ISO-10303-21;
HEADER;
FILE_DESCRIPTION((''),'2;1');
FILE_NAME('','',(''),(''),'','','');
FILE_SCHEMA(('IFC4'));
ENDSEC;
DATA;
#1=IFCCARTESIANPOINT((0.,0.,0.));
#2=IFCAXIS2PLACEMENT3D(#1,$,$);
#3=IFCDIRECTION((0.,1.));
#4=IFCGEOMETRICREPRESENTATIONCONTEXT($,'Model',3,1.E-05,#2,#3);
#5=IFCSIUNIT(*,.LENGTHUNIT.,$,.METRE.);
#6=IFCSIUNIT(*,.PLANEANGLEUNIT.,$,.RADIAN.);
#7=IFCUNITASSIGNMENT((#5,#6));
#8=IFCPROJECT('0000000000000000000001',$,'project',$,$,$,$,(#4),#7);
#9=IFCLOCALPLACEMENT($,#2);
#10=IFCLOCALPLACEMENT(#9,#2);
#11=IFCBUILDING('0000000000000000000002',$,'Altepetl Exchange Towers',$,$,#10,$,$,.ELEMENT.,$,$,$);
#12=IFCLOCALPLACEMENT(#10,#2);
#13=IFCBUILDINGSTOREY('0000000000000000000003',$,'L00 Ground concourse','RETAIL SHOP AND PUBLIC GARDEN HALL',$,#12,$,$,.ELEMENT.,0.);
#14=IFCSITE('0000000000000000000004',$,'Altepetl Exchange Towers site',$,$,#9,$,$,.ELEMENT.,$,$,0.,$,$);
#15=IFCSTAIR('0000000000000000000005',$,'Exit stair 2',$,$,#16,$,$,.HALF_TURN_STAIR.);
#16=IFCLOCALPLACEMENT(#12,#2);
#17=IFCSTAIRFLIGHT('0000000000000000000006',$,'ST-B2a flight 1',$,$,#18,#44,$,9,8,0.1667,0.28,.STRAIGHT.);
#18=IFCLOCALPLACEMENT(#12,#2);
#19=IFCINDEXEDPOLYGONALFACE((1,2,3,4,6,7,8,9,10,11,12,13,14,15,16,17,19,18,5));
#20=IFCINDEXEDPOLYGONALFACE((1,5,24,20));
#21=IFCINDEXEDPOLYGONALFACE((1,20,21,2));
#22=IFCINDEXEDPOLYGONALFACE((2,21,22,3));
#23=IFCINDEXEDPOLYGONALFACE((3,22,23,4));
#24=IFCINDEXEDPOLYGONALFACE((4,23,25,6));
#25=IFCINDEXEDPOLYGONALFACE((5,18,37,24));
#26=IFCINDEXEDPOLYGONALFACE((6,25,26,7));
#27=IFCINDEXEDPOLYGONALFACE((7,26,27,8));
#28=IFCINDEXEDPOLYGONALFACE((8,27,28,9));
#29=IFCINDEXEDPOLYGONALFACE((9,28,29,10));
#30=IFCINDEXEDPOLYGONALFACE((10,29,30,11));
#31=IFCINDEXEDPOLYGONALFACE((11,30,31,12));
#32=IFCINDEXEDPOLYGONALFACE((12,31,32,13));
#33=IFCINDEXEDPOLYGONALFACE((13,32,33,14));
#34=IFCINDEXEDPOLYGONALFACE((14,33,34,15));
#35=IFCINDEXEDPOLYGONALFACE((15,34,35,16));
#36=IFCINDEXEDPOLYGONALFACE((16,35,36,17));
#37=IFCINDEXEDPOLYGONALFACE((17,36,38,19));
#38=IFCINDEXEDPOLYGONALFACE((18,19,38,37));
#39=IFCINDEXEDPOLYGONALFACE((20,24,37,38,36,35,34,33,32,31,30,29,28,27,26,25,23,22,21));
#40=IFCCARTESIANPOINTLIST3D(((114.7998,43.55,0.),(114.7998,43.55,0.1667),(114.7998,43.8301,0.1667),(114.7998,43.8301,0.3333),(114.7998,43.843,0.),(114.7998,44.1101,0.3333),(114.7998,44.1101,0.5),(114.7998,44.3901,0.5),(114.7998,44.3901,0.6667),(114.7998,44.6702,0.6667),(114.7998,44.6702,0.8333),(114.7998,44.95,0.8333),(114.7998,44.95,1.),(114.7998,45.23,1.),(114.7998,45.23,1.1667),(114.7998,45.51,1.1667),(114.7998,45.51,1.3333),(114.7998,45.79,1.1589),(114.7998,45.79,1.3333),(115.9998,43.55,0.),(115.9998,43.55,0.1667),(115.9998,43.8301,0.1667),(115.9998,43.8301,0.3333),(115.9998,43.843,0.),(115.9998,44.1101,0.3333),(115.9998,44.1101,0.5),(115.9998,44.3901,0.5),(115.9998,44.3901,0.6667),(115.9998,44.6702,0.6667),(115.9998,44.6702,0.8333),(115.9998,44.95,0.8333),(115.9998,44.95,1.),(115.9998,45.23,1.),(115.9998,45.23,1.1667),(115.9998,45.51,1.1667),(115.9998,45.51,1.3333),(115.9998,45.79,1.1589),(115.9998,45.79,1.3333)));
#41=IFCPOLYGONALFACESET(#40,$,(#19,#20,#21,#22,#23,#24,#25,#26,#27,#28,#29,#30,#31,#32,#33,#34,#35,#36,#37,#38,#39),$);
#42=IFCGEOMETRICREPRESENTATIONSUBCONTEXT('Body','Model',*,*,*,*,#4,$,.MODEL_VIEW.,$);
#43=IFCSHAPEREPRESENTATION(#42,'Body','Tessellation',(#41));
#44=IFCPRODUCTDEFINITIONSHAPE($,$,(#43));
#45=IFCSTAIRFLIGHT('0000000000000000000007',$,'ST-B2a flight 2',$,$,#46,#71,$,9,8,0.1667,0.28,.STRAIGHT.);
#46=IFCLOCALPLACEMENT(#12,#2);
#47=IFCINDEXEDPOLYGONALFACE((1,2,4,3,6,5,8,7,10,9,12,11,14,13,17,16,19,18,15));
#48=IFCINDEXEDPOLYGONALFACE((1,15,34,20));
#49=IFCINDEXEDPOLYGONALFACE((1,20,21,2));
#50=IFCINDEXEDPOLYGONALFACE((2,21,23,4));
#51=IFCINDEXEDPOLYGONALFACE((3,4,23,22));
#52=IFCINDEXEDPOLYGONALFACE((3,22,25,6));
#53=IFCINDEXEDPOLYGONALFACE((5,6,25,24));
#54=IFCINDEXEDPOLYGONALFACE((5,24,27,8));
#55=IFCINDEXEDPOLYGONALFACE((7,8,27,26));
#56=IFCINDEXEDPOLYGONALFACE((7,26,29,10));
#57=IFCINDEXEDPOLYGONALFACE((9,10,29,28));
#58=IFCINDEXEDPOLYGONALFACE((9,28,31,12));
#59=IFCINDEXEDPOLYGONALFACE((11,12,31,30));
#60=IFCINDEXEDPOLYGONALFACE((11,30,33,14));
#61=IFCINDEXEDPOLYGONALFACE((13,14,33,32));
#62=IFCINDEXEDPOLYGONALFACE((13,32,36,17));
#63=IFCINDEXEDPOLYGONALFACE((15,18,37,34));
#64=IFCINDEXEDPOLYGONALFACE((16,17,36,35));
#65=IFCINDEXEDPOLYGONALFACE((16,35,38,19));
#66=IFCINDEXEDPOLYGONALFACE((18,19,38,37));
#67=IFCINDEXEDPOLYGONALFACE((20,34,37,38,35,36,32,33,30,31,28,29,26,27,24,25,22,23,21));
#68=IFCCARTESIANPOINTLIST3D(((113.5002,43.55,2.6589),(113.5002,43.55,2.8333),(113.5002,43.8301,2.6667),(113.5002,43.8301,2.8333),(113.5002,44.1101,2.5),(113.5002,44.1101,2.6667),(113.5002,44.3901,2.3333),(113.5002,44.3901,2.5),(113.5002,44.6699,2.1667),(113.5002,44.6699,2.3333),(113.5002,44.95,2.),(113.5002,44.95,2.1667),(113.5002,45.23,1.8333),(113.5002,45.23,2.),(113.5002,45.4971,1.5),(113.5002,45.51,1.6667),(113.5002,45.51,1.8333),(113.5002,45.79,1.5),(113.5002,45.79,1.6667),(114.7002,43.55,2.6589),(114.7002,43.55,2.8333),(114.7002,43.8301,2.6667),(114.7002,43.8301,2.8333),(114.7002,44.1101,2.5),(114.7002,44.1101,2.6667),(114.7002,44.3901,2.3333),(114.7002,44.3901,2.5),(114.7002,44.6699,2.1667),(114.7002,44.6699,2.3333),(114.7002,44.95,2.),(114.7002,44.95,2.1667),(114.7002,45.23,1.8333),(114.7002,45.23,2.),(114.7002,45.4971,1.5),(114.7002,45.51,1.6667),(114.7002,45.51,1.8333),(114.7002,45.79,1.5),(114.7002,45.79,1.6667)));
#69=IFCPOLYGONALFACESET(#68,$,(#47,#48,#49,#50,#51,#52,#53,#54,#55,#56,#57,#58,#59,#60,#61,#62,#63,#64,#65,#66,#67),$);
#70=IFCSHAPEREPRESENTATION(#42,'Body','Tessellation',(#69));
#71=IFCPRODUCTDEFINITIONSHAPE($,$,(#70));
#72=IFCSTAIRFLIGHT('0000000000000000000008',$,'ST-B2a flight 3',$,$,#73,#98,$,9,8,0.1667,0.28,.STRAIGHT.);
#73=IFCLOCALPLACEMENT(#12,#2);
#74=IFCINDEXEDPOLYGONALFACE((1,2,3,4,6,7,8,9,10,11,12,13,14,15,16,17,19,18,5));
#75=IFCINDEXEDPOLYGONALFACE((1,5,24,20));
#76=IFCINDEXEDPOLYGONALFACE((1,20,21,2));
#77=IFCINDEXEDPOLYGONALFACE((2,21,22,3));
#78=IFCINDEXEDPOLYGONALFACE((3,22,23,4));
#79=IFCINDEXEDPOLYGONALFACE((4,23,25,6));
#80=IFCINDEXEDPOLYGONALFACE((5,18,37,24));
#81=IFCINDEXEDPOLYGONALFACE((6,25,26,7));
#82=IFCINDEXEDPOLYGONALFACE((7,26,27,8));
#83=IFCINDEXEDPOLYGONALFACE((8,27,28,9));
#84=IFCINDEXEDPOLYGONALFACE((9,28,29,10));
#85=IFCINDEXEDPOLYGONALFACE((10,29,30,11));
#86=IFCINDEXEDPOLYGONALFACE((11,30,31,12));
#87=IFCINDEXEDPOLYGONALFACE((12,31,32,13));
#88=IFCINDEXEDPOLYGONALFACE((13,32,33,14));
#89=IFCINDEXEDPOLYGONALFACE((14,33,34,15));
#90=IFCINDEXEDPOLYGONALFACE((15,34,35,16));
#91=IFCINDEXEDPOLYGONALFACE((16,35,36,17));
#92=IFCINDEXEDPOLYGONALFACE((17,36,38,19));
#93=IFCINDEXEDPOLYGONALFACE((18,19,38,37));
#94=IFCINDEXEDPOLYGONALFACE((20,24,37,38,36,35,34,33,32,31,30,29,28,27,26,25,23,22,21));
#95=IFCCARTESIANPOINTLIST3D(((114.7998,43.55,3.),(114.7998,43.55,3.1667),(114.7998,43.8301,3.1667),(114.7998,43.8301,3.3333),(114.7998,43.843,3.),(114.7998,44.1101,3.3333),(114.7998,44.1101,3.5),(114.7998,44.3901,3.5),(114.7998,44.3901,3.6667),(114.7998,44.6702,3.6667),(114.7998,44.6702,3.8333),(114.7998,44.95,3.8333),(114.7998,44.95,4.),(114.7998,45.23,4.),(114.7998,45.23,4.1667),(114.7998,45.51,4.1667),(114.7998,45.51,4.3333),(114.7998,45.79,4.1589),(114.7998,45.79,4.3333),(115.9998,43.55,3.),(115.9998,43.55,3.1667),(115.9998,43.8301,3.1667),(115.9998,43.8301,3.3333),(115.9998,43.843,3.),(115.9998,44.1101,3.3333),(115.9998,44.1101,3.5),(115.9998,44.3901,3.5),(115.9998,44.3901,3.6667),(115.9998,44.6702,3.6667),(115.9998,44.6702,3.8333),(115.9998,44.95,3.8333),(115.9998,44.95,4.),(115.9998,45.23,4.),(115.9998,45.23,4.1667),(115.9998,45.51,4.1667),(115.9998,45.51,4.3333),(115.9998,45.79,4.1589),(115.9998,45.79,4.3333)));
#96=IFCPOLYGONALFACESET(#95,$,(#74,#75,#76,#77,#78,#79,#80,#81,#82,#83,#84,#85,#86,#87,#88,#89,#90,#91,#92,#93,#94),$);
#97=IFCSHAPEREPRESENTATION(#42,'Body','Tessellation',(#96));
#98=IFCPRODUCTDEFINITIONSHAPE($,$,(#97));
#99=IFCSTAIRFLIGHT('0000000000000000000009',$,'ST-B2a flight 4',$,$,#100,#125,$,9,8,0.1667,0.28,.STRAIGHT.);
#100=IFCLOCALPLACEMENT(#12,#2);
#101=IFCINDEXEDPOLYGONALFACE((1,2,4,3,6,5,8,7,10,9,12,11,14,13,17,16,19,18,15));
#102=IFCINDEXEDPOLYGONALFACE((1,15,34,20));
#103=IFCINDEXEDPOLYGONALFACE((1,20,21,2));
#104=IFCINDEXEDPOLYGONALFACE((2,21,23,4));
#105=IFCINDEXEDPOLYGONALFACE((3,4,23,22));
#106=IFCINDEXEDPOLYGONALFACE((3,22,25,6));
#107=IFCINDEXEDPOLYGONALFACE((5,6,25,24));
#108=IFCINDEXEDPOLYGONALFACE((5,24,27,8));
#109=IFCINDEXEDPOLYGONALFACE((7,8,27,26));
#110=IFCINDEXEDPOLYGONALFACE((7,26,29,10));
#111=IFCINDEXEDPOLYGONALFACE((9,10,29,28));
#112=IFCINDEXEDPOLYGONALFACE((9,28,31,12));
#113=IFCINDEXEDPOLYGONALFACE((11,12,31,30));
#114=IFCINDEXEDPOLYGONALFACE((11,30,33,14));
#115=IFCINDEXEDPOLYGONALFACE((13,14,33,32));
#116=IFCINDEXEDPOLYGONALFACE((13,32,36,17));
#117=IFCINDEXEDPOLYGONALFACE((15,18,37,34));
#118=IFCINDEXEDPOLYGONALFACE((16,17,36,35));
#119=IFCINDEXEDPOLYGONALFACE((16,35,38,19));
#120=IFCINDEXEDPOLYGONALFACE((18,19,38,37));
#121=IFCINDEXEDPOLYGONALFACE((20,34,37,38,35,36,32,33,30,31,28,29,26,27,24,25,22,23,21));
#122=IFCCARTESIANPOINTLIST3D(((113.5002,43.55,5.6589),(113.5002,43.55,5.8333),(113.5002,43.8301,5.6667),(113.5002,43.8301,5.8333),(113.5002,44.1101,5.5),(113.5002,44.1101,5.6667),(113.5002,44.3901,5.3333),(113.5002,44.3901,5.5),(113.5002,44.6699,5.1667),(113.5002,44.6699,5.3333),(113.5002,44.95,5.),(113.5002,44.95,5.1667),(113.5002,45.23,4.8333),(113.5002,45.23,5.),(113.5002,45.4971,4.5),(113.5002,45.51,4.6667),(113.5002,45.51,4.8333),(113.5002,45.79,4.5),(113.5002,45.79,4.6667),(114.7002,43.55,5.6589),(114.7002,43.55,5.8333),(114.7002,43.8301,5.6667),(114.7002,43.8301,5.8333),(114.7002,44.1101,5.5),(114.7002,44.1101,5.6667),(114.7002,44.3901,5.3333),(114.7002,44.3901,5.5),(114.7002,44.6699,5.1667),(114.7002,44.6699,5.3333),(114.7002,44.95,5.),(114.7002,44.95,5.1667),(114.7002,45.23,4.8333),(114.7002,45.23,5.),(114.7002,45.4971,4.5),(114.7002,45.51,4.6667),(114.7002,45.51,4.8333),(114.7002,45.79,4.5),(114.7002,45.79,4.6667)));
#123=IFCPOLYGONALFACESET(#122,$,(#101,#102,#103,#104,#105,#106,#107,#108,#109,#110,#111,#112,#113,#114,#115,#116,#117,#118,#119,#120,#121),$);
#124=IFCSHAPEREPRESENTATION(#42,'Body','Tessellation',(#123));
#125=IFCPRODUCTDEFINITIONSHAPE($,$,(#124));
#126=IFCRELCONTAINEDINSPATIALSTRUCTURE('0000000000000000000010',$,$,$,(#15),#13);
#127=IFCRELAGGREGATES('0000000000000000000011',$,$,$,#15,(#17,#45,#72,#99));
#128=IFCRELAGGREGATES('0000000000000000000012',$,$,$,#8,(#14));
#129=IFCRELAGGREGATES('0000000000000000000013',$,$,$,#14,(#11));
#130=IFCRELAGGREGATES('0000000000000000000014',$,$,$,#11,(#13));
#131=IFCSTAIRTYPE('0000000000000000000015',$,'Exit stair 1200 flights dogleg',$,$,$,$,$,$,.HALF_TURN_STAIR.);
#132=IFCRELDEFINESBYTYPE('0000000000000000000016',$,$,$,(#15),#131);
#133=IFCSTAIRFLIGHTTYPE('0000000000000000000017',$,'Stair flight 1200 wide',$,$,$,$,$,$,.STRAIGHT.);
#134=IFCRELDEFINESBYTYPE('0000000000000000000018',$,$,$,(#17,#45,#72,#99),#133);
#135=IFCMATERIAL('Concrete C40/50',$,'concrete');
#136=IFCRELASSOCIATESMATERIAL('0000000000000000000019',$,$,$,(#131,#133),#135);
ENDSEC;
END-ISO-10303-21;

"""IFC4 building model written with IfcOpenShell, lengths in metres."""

from ifc_helpers import new_model, si_unit, direction, frame, origin, place, context, subcontext, project, spatial, polyline, outline, extrude, material, type_object, element, aggregate, save


model = new_model("IFC4")

# Units and contexts
model_context = context("Model", 3, precision=1e-05, world=origin(), true_north=direction((0.0, 1.0)))
body_context = subcontext(model_context, "Body", "Model", "MODEL_VIEW")
ifc_project = project(units=[si_unit("LENGTHUNIT", "METRE"), si_unit("PLANEANGLEUNIT", "RADIAN")], contexts=[model_context])

# Site, building, storey
site_placement = place(None, origin())
site = spatial("IfcSite", under=ifc_project, at=site_placement, Name="Altepetl Exchange Towers site", CompositionType="ELEMENT", RefElevation=0.0)
building_placement = place(site_placement, origin())
building = spatial("IfcBuilding", under=site, at=building_placement, Name="Altepetl Exchange Towers", CompositionType="ELEMENT")
storey_placement = place(building_placement, origin())
storey = spatial("IfcBuildingStorey", under=building, at=storey_placement, Name="L00 Ground concourse", Description="RETAIL SHOP AND PUBLIC GARDEN HALL", CompositionType="ELEMENT", Elevation=0.0)

# Shared definitions
ifc_material_1 = material(Name="Concrete C40/50", Category="concrete")

# Stair, stair flights
stair_type = type_object("IfcStairType", Name="Exit stair 1200 flights dogleg", PredefinedType="HALF_TURN_STAIR", material=ifc_material_1)
stair_placement = place(storey_placement, origin())
stair = element("IfcStair", 1, at=stair_placement, inside=storey, type_object=stair_type, Name="Exit stair 2", PredefinedType="HALF_TURN_STAIR")
stair_flight_type = type_object("IfcStairFlightType", Name="Stair flight 1200 wide", PredefinedType="STRAIGHT", material=ifc_material_1)
stair_flight_1_placement = place(storey_placement, frame((115.3999, 43.55, 0.0), z_axis=(0.0, 0.0, 1.0), x_axis=(0.0, 1.0, 0.0)))
stair_flight_1 = element("IfcStairFlight", 2, at=stair_flight_1_placement, type_object=stair_flight_type, Name="ST-B2a flight 1", NumberOfRisers=9, NumberOfTreads=8, PredefinedType="STRAIGHT", RiserHeight=0.1667, TreadLength=0.28, context=body_context, shape_type="SweptSolid", body=[
    extrude(outline(polyline([(0.0, 0.0), (0.0, 0.1667), (0.28, 0.1667), (0.28, 0.3333), (0.5601, 0.3333), (0.5601, 0.5), (0.8401, 0.5), (0.8401, 0.6667), (1.1201, 0.6667), (1.1201, 0.8333), (1.3999, 0.8333), (1.3999, 1.0), (1.6799, 1.0), (1.6799, 1.1667), (1.96, 1.1667), (1.96, 1.3333), (2.24, 1.3333), (2.24, 1.5), (2.24, 1.1589), (0.293, 0.0), (0.0, 0.0)])), frame((0.0, 0.6001, 0.0), z_axis=(0.0, -1.0, 0.0), x_axis=(1.0, 0.0, 0.0)), (0.0, 0.0, 1.0), 1.2),
])
stair_flight_2_placement = place(storey_placement, frame((114.1001, 45.79, 1.5), z_axis=(0.0, 0.0, 1.0), x_axis=(0.0, -1.0, 0.0)))
stair_flight_2 = element("IfcStairFlight", 3, at=stair_flight_2_placement, type_object=stair_flight_type, Name="ST-B2a flight 2", NumberOfRisers=9, NumberOfTreads=8, PredefinedType="STRAIGHT", RiserHeight=0.1667, TreadLength=0.28, context=body_context, shape_type="SweptSolid", body=[
    extrude(outline(polyline([(0.0, 0.0), (0.0, 0.1667), (0.28, 0.1667), (0.28, 0.3333), (0.5601, 0.3333), (0.5601, 0.5), (0.8401, 0.5), (0.8401, 0.6667), (1.1201, 0.6667), (1.1201, 0.8333), (1.3999, 0.8333), (1.3999, 1.0), (1.6799, 1.0), (1.6799, 1.1667), (1.96, 1.1667), (1.96, 1.3333), (2.24, 1.3333), (2.24, 1.5), (2.24, 1.1589), (0.293, 0.0), (0.0, 0.0)])), frame((0.0, 0.6001, 0.0), z_axis=(0.0, -1.0, 0.0), x_axis=(1.0, 0.0, 0.0)), (0.0, 0.0, 1.0), 1.2),
])
stair_flight_3_placement = place(storey_placement, frame((115.3999, 43.55, 3.0), z_axis=(0.0, 0.0, 1.0), x_axis=(0.0, 1.0, 0.0)))
stair_flight_3 = element("IfcStairFlight", 4, at=stair_flight_3_placement, type_object=stair_flight_type, Name="ST-B2a flight 3", NumberOfRisers=9, NumberOfTreads=8, PredefinedType="STRAIGHT", RiserHeight=0.1667, TreadLength=0.28, context=body_context, shape_type="SweptSolid", body=[
    extrude(outline(polyline([(0.0, 0.0), (0.0, 0.1667), (0.28, 0.1667), (0.28, 0.3333), (0.5601, 0.3333), (0.5601, 0.5), (0.8401, 0.5), (0.8401, 0.6667), (1.1201, 0.6667), (1.1201, 0.8333), (1.3999, 0.8333), (1.3999, 1.0), (1.6799, 1.0), (1.6799, 1.1667), (1.96, 1.1667), (1.96, 1.3333), (2.24, 1.3333), (2.24, 1.5), (2.24, 1.1589), (0.293, 0.0), (0.0, 0.0)])), frame((0.0, 0.6001, 0.0), z_axis=(0.0, -1.0, 0.0), x_axis=(1.0, 0.0, 0.0)), (0.0, 0.0, 1.0), 1.2),
])
stair_flight_4_placement = place(storey_placement, frame((114.1001, 45.79, 4.5), z_axis=(0.0, 0.0, 1.0), x_axis=(0.0, -1.0, 0.0)))
stair_flight_4 = element("IfcStairFlight", 5, at=stair_flight_4_placement, type_object=stair_flight_type, Name="ST-B2a flight 4", NumberOfRisers=9, NumberOfTreads=8, PredefinedType="STRAIGHT", RiserHeight=0.1667, TreadLength=0.28, context=body_context, shape_type="SweptSolid", body=[
    extrude(outline(polyline([(0.0, 0.0), (0.0, 0.1667), (0.28, 0.1667), (0.28, 0.3333), (0.5601, 0.3333), (0.5601, 0.5), (0.8401, 0.5), (0.8401, 0.6667), (1.1201, 0.6667), (1.1201, 0.8333), (1.3999, 0.8333), (1.3999, 1.0), (1.6799, 1.0), (1.6799, 1.1667), (1.96, 1.1667), (1.96, 1.3333), (2.24, 1.3333), (2.24, 1.5), (2.24, 1.1589), (0.293, 0.0), (0.0, 0.0)])), frame((0.0, 0.6001, 0.0), z_axis=(0.0, -1.0, 0.0), x_axis=(1.0, 0.0, 0.0)), (0.0, 0.0, 1.0), 1.2),
])
aggregate(stair, [stair_flight_1, stair_flight_2, stair_flight_3, stair_flight_4])

save(model, "model.ifc")
